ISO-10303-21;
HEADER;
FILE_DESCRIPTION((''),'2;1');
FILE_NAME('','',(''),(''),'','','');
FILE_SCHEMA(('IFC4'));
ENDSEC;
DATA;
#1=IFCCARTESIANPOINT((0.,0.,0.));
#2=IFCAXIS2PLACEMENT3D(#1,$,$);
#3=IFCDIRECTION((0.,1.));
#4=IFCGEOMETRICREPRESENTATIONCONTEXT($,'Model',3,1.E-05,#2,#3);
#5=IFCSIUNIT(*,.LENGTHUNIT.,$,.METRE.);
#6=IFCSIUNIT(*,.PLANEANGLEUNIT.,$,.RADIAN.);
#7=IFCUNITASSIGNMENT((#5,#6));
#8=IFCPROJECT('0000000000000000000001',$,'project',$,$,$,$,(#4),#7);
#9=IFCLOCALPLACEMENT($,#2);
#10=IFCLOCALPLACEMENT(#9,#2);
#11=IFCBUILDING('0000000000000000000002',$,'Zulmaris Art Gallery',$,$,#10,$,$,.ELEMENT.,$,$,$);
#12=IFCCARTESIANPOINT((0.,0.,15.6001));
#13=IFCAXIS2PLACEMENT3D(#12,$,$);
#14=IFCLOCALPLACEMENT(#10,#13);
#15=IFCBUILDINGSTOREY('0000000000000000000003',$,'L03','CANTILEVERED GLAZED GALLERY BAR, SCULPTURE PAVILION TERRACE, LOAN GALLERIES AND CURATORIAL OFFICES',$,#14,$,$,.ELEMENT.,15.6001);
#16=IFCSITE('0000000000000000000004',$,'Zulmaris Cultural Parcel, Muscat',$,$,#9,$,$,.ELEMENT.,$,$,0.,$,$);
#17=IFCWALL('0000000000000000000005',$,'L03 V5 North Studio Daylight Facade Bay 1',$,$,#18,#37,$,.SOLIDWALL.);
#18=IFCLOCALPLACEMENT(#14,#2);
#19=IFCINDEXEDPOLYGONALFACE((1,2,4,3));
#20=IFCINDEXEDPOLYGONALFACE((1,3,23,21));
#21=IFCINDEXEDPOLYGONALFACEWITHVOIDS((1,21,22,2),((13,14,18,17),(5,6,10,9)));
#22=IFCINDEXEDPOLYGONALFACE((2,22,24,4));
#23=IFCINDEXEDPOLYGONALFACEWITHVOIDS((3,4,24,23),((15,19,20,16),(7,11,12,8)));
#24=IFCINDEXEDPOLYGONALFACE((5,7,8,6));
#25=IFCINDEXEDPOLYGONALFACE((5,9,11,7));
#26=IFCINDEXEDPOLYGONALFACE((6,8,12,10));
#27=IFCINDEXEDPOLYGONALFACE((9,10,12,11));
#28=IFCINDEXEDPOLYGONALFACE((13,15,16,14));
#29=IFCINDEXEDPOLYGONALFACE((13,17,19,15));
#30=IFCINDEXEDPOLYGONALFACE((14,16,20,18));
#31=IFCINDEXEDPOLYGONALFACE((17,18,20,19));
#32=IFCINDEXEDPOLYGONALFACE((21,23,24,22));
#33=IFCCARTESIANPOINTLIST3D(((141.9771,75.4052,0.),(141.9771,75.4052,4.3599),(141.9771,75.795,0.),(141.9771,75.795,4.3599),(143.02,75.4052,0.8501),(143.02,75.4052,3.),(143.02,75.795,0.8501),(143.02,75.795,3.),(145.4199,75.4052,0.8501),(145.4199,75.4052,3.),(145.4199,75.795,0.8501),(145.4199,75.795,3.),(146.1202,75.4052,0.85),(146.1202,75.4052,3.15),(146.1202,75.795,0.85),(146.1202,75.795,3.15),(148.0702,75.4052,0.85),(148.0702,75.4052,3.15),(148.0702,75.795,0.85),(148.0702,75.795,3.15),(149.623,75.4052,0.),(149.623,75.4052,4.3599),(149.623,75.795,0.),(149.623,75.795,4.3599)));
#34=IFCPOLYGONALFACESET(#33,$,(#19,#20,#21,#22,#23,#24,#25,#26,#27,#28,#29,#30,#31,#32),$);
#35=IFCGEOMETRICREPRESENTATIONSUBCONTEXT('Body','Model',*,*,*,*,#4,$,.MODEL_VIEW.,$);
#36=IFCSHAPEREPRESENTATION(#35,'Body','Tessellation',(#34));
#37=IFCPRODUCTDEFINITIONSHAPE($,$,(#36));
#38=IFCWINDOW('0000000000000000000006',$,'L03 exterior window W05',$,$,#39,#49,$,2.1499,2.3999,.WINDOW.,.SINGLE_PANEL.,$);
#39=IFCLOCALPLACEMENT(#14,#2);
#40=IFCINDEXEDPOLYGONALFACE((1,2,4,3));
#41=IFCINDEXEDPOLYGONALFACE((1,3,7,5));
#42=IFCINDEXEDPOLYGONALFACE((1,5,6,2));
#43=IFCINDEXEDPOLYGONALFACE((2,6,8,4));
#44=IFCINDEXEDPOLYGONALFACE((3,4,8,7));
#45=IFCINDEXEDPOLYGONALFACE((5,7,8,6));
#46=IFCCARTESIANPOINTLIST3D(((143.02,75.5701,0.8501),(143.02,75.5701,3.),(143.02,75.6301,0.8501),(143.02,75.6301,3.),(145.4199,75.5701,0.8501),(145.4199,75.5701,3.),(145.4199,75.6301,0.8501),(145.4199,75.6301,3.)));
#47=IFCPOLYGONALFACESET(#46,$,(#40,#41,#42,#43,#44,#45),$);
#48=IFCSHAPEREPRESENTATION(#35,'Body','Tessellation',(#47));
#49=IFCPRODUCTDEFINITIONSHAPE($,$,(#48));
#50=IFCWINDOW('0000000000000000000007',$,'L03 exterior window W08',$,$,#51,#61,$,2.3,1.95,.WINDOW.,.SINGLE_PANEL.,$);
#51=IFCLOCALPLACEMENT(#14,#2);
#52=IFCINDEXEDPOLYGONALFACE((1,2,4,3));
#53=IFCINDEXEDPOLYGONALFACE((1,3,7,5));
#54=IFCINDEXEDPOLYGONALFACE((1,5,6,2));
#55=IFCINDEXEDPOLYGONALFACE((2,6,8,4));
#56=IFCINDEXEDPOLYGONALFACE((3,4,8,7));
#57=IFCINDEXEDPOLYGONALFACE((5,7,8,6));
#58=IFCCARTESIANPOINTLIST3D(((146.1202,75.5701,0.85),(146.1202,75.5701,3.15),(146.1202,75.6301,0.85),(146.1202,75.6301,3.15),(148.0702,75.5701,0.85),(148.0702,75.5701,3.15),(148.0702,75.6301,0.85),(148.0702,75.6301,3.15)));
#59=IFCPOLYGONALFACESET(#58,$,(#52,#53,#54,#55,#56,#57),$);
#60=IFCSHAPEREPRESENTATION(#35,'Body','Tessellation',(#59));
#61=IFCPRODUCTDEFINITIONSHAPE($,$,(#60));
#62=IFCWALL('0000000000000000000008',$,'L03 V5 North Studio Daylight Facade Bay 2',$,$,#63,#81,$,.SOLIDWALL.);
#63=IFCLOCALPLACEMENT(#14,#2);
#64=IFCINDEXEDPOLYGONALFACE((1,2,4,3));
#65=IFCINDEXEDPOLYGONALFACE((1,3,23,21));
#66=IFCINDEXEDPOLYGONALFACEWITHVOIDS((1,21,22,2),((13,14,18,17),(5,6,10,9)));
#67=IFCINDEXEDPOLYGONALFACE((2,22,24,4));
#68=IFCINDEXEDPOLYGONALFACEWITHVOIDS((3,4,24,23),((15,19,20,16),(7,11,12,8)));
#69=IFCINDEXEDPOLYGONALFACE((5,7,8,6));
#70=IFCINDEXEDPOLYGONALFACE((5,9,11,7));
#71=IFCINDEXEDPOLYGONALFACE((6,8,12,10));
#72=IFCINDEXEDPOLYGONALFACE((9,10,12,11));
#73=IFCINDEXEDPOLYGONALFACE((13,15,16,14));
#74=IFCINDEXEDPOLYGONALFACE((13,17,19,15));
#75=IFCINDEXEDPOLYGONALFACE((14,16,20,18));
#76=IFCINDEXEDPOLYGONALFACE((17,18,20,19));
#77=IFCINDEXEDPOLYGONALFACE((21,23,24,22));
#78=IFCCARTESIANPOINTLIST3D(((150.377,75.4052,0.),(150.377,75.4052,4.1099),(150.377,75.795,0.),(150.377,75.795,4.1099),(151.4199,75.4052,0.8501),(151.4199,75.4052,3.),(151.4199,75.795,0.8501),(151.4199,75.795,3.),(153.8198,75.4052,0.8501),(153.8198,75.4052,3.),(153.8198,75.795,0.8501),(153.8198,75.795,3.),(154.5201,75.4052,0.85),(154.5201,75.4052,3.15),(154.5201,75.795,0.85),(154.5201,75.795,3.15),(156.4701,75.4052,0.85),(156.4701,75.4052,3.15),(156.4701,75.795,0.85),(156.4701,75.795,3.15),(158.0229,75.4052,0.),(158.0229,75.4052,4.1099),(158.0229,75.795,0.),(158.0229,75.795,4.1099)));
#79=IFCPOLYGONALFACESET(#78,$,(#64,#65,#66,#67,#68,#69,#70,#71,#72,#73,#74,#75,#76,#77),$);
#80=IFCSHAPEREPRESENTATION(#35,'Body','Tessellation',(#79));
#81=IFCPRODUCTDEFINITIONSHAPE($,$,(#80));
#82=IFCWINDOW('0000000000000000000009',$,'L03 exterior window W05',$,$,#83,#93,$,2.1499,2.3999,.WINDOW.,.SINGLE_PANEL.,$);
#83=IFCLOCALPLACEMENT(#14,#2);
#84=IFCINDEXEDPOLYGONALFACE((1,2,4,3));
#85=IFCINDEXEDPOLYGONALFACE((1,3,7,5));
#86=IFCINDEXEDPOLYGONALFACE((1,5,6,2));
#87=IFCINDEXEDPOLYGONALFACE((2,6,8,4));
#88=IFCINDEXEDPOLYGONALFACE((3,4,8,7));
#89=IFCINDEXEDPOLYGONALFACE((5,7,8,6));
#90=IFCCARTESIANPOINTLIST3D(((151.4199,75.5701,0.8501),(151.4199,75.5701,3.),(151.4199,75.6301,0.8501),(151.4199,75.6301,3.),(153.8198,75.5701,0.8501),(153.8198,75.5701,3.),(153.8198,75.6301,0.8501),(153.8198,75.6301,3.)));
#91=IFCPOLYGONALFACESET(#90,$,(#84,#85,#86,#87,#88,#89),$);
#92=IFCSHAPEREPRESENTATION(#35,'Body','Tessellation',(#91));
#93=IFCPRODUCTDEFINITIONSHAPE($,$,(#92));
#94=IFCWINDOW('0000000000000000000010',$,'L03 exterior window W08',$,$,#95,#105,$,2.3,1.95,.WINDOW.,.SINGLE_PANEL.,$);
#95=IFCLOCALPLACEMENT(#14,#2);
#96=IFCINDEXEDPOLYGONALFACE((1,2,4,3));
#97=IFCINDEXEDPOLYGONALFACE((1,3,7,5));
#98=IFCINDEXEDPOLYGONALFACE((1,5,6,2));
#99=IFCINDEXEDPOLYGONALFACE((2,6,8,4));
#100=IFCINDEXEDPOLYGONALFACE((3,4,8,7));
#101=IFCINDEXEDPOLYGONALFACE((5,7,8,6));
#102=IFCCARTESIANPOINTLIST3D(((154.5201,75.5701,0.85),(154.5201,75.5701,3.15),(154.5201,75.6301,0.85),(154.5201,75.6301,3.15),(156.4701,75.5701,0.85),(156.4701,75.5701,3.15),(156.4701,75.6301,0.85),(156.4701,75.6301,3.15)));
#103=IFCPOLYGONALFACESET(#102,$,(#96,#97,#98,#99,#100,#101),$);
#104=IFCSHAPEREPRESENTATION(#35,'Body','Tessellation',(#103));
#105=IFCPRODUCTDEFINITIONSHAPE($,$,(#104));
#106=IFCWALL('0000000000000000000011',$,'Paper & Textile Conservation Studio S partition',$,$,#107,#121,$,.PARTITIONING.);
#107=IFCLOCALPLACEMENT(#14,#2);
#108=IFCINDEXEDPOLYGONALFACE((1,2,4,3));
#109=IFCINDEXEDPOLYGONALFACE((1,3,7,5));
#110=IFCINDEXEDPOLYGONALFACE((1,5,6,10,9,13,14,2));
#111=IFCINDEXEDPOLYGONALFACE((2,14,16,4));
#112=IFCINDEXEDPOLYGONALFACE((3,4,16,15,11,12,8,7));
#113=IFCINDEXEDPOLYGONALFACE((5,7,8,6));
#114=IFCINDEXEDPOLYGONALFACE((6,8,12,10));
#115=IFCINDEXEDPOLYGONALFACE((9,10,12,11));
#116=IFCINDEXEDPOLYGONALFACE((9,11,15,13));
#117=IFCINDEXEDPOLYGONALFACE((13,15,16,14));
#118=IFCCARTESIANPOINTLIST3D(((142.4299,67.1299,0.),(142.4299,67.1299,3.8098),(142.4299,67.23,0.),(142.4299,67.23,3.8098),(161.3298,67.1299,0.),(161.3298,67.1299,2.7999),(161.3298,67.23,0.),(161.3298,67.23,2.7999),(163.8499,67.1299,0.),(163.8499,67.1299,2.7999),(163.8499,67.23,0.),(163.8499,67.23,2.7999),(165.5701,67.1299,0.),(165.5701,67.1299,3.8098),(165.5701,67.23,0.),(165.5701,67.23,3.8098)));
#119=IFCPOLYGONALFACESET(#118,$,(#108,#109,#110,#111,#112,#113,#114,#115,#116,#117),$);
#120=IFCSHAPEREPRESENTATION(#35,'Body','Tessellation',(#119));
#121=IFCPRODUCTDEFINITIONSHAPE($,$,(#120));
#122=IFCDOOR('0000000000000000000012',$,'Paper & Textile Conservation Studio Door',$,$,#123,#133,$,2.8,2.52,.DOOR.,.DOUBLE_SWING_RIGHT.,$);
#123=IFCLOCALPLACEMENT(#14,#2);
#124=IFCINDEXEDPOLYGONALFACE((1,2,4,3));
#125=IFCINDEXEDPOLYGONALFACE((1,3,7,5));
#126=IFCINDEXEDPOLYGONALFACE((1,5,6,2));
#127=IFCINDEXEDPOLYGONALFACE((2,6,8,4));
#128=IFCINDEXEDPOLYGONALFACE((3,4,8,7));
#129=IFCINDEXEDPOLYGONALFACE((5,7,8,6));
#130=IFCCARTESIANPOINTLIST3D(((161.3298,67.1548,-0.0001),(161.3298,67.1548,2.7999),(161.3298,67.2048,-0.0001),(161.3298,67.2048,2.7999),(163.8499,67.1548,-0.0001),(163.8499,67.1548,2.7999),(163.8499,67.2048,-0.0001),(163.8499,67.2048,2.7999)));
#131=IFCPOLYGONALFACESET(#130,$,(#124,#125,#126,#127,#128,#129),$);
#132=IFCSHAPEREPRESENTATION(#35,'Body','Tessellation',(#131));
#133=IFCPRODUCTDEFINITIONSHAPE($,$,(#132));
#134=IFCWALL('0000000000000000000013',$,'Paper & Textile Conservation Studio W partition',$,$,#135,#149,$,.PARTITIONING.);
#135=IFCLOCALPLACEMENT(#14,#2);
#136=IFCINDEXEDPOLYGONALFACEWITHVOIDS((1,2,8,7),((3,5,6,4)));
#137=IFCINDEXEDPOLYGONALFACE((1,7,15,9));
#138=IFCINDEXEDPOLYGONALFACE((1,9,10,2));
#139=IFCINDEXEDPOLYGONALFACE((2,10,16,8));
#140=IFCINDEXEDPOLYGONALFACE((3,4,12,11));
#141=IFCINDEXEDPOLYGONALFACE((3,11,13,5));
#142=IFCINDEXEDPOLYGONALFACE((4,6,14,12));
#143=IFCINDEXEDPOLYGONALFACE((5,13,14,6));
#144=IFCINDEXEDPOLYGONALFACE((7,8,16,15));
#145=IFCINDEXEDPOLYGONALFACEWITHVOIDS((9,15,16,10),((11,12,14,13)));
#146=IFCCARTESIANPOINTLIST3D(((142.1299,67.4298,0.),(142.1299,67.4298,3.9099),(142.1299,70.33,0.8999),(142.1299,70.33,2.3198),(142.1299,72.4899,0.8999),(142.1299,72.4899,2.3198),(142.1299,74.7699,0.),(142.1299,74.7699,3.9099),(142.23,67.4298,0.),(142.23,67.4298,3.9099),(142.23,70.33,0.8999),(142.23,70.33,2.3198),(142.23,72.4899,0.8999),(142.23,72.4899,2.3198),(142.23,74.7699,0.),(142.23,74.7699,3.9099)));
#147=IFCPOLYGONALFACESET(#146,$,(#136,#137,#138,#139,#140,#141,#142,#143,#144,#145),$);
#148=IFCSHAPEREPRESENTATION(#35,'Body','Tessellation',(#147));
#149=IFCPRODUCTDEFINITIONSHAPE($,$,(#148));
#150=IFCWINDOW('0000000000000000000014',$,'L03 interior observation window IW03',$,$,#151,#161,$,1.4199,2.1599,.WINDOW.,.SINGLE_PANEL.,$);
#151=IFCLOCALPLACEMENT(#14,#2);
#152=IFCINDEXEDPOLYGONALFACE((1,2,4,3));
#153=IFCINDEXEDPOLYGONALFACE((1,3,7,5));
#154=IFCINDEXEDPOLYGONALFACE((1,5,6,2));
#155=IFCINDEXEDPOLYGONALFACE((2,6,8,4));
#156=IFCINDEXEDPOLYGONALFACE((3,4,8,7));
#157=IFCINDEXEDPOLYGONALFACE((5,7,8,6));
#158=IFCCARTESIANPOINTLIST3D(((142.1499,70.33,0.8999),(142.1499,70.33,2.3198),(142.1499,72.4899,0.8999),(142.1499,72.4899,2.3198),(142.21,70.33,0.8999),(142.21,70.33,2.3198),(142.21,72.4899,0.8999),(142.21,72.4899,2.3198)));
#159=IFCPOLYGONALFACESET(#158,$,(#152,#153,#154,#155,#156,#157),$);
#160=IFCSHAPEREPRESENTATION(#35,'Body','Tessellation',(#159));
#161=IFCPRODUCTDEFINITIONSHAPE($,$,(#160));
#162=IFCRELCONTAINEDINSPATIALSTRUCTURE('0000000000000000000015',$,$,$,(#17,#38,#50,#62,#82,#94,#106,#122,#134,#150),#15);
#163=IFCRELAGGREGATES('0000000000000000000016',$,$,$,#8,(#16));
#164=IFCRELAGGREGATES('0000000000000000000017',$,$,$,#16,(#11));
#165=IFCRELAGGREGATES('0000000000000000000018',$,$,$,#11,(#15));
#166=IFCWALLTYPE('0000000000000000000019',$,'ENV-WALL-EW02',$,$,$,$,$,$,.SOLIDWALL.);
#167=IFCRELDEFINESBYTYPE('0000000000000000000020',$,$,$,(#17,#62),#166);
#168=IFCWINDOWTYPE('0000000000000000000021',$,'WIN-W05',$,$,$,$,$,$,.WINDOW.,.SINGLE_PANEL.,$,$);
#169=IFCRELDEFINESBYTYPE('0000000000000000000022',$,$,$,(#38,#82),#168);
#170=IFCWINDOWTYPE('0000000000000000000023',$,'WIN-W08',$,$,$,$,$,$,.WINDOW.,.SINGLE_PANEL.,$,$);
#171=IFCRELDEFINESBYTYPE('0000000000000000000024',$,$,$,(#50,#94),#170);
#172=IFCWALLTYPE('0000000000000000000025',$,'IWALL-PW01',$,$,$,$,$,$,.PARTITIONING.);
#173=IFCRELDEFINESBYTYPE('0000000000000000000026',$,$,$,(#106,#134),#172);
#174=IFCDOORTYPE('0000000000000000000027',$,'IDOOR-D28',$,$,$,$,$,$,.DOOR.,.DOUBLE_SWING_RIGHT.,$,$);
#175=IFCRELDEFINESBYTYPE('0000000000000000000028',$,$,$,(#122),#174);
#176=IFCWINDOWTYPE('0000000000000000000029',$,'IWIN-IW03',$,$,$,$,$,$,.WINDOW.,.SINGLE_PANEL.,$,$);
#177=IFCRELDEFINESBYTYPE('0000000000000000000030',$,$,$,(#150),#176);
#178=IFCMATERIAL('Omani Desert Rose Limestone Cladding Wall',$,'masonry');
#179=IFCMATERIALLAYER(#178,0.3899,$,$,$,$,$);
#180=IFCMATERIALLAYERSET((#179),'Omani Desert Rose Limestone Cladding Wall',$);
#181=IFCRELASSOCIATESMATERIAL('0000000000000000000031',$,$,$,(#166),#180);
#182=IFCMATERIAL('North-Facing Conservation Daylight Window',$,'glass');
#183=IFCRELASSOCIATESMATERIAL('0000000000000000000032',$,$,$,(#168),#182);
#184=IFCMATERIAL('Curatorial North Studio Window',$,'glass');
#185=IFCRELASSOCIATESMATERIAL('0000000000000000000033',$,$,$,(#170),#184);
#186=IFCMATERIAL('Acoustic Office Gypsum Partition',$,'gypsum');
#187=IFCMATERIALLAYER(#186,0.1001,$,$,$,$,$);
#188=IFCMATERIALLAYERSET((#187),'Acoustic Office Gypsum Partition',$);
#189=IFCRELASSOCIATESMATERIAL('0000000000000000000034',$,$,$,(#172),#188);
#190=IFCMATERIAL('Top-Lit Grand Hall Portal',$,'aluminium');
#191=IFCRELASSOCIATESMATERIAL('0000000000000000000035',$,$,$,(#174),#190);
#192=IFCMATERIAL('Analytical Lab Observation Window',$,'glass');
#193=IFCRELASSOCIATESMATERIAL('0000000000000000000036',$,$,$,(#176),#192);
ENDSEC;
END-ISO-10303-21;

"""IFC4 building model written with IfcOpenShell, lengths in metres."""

from ifc_helpers import new_model, si_unit, direction, frame, frame_2d, origin, place, context, subcontext, project, spatial, rectangle, extrude, material, layer, layer_set, type_object, element, fill, save


model = new_model("IFC4")

# Units and contexts
model_context = context("Model", 3, precision=1e-05, world=origin(), true_north=direction((0.0, 1.0)))
body_context = subcontext(model_context, "Body", "Model", "MODEL_VIEW")
ifc_project = project(units=[si_unit("LENGTHUNIT", "METRE"), si_unit("PLANEANGLEUNIT", "RADIAN")], contexts=[model_context])

# Site, building, storey
site_placement = place(None, origin())
site = spatial("IfcSite", under=ifc_project, at=site_placement, Name="Zulmaris Cultural Parcel, Muscat", CompositionType="ELEMENT", RefElevation=0.0)
building_placement = place(site_placement, origin())
building = spatial("IfcBuilding", under=site, at=building_placement, Name="Zulmaris Art Gallery", CompositionType="ELEMENT")
storey_placement = place(building_placement, frame((0.0, 0.0, 15.6001)))
storey = spatial("IfcBuildingStorey", under=building, at=storey_placement, Name="L03", Description="CANTILEVERED GLAZED GALLERY BAR, SCULPTURE PAVILION TERRACE, LOAN GALLERIES AND CURATORIAL OFFICES", CompositionType="ELEMENT", Elevation=15.6001)

# Walls, openings, windows
ifc_material_1 = material(Name="Omani Desert Rose Limestone Cladding Wall", Category="masonry")
ifc_layer_1 = layer(ifc_material_1, 0.3899)
ifc_layer_set_1 = layer_set([ifc_layer_1], Name="Omani Desert Rose Limestone Cladding Wall")
wall_type_1 = type_object("IfcWallType", Name="ENV-WALL-EW02", PredefinedType="SOLIDWALL", material=ifc_layer_set_1)
wall_1_placement = place(storey_placement, frame((141.9771, 75.6001, 0.0), z_axis=(0.0, 0.0, 1.0), x_axis=(1.0, 0.0, 0.0)))
wall_1 = element("IfcWall", 1, at=wall_1_placement, inside=storey, type_object=wall_type_1, Name="L03 V5 North Studio Daylight Facade Bay 1", PredefinedType="SOLIDWALL", context=body_context, shape_type="SweptSolid", body=[
    extrude(rectangle(XDim=7.646, YDim=0.3899, at=frame_2d((3.823, 0.0))), origin(), (0.0, 0.0, 1.0), 4.3599),
])
opening_1_placement = place(wall_1_placement, frame((1.043, 0.0, 0.8501)))
opening_1 = element("IfcOpeningElement", 2, at=opening_1_placement, cuts=wall_1, PredefinedType="OPENING", context=body_context, shape_type="SweptSolid", body=[
    extrude(rectangle(XDim=2.3999, YDim=2.1499, at=frame_2d((1.2, 1.075))), frame((0.0, 0.2048, 0.0), z_axis=(0.0, -1.0, 0.0), x_axis=(1.0, 0.0, 0.0)), (0.0, 0.0, 1.0), 0.4099),
])
opening_2_placement = place(wall_1_placement, frame((4.1431, 0.0, 0.8501)))
opening_2 = element("IfcOpeningElement", 3, at=opening_2_placement, cuts=wall_1, PredefinedType="OPENING", context=body_context, shape_type="SweptSolid", body=[
    extrude(rectangle(XDim=1.95, YDim=2.3, at=frame_2d((0.9751, 1.1499))), frame((0.0, 0.2048, 0.0), z_axis=(0.0, -1.0, 0.0), x_axis=(1.0, 0.0, 0.0)), (0.0, 0.0, 1.0), 0.4099),
])
ifc_material_2 = material(Name="North-Facing Conservation Daylight Window", Category="glass")
window_type_1 = type_object("IfcWindowType", Name="WIN-W05", PartitioningType="SINGLE_PANEL", PredefinedType="WINDOW", material=ifc_material_2)
window_1_placement = place(opening_1_placement, origin())
window_1 = element("IfcWindow", 4, at=window_1_placement, inside=storey, type_object=window_type_1, Name="L03 exterior window W05", OverallHeight=2.1499, OverallWidth=2.3999, PartitioningType="SINGLE_PANEL", PredefinedType="WINDOW", context=body_context, shape_type="SweptSolid", body=[
    extrude(rectangle(XDim=2.3999, YDim=2.1499, at=frame_2d((1.2, 1.075))), frame((0.0, 0.03, 0.0), z_axis=(0.0, -1.0, 0.0), x_axis=(1.0, 0.0, 0.0)), (0.0, 0.0, 1.0), 0.0601),
])
fill(opening_1, window_1)
ifc_material_3 = material(Name="Curatorial North Studio Window", Category="glass")
window_type_2 = type_object("IfcWindowType", Name="WIN-W08", PartitioningType="SINGLE_PANEL", PredefinedType="WINDOW", material=ifc_material_3)
window_2_placement = place(opening_2_placement, origin())
window_2 = element("IfcWindow", 5, at=window_2_placement, inside=storey, type_object=window_type_2, Name="L03 exterior window W08", OverallHeight=2.3, OverallWidth=1.95, PartitioningType="SINGLE_PANEL", PredefinedType="WINDOW", context=body_context, shape_type="SweptSolid", body=[
    extrude(rectangle(XDim=1.95, YDim=2.3, at=frame_2d((0.9751, 1.1499))), frame((0.0, 0.03, 0.0), z_axis=(0.0, -1.0, 0.0), x_axis=(1.0, 0.0, 0.0)), (0.0, 0.0, 1.0), 0.0601),
])
fill(opening_2, window_2)
wall_2_placement = place(storey_placement, frame((150.377, 75.6001, 0.0), z_axis=(0.0, 0.0, 1.0), x_axis=(1.0, 0.0, 0.0)))
wall_2 = element("IfcWall", 6, at=wall_2_placement, inside=storey, type_object=wall_type_1, Name="L03 V5 North Studio Daylight Facade Bay 2", PredefinedType="SOLIDWALL", context=body_context, shape_type="SweptSolid", body=[
    extrude(rectangle(XDim=7.646, YDim=0.3899, at=frame_2d((3.823, 0.0))), origin(), (0.0, 0.0, 1.0), 4.1099),
])
opening_3_placement = place(wall_2_placement, frame((1.043, 0.0, 0.8501)))
opening_3 = element("IfcOpeningElement", 7, at=opening_3_placement, cuts=wall_2, PredefinedType="OPENING", context=body_context, shape_type="SweptSolid", body=[
    extrude(rectangle(XDim=2.3999, YDim=2.1499, at=frame_2d((1.2, 1.075))), frame((0.0, 0.2048, 0.0), z_axis=(0.0, -1.0, 0.0), x_axis=(1.0, 0.0, 0.0)), (0.0, 0.0, 1.0), 0.4099),
])
opening_4_placement = place(wall_2_placement, frame((4.1431, 0.0, 0.8501)))
opening_4 = element("IfcOpeningElement", 8, at=opening_4_placement, cuts=wall_2, PredefinedType="OPENING", context=body_context, shape_type="SweptSolid", body=[
    extrude(rectangle(XDim=1.95, YDim=2.3, at=frame_2d((0.9751, 1.1499))), frame((0.0, 0.2048, 0.0), z_axis=(0.0, -1.0, 0.0), x_axis=(1.0, 0.0, 0.0)), (0.0, 0.0, 1.0), 0.4099),
])
window_3_placement = place(opening_3_placement, origin())
window_3 = element("IfcWindow", 9, at=window_3_placement, inside=storey, type_object=window_type_1, Name="L03 exterior window W05", OverallHeight=2.1499, OverallWidth=2.3999, PartitioningType="SINGLE_PANEL", PredefinedType="WINDOW", context=body_context, shape_type="SweptSolid", body=[
    extrude(rectangle(XDim=2.3999, YDim=2.1499, at=frame_2d((1.2, 1.075))), frame((0.0, 0.03, 0.0), z_axis=(0.0, -1.0, 0.0), x_axis=(1.0, 0.0, 0.0)), (0.0, 0.0, 1.0), 0.0601),
])
fill(opening_3, window_3)
window_4_placement = place(opening_4_placement, origin())
window_4 = element("IfcWindow", 10, at=window_4_placement, inside=storey, type_object=window_type_2, Name="L03 exterior window W08", OverallHeight=2.3, OverallWidth=1.95, PartitioningType="SINGLE_PANEL", PredefinedType="WINDOW", context=body_context, shape_type="SweptSolid", body=[
    extrude(rectangle(XDim=1.95, YDim=2.3, at=frame_2d((0.9751, 1.1499))), frame((0.0, 0.03, 0.0), z_axis=(0.0, -1.0, 0.0), x_axis=(1.0, 0.0, 0.0)), (0.0, 0.0, 1.0), 0.0601),
])
fill(opening_4, window_4)

# Wall, opening, door
ifc_material_4 = material(Name="Acoustic Office Gypsum Partition", Category="gypsum")
ifc_layer_2 = layer(ifc_material_4, 0.1001)
ifc_layer_set_2 = layer_set([ifc_layer_2], Name="Acoustic Office Gypsum Partition")
wall_type_2 = type_object("IfcWallType", Name="IWALL-PW01", PredefinedType="PARTITIONING", material=ifc_layer_set_2)
wall_3_placement = place(storey_placement, frame((142.4299, 67.1799, 0.0), z_axis=(0.0, 0.0, 1.0), x_axis=(1.0, 0.0, 0.0)))
wall_3 = element("IfcWall", 11, at=wall_3_placement, inside=storey, type_object=wall_type_2, Name="Paper & Textile Conservation Studio S partition", PredefinedType="PARTITIONING", context=body_context, shape_type="SweptSolid", body=[
    extrude(rectangle(XDim=23.1401, YDim=0.1001, at=frame_2d((11.5701, 0.0))), origin(), (0.0, 0.0, 1.0), 3.8098),
])
opening_5_placement = place(wall_3_placement, frame((18.8999, 0.0, 0.0)))
opening_5 = element("IfcOpeningElement", 12, at=opening_5_placement, cuts=wall_3, PredefinedType="OPENING", context=body_context, shape_type="SweptSolid", body=[
    extrude(rectangle(XDim=2.52, YDim=2.8, at=frame_2d((1.26, 1.3999))), frame((0.0, 0.0601, 0.0), z_axis=(0.0, -1.0, 0.0), x_axis=(1.0, 0.0, 0.0)), (0.0, 0.0, 1.0), 0.1201),
])
ifc_material_5 = material(Name="Top-Lit Grand Hall Portal", Category="aluminium")
door_type = type_object("IfcDoorType", Name="IDOOR-D28", OperationType="DOUBLE_SWING_RIGHT", PredefinedType="DOOR", material=ifc_material_5)
door_placement = place(opening_5_placement, origin())
door = element("IfcDoor", 13, at=door_placement, inside=storey, type_object=door_type, Name="Paper & Textile Conservation Studio Door", OperationType="DOUBLE_SWING_RIGHT", OverallHeight=2.8, OverallWidth=2.52, PredefinedType="DOOR", context=body_context, shape_type="SweptSolid", body=[
    extrude(rectangle(XDim=2.52, YDim=2.8, at=frame_2d((1.26, 1.3999))), frame((0.0, 0.0249, 0.0), z_axis=(0.0, -1.0, 0.0), x_axis=(1.0, 0.0, 0.0)), (0.0, 0.0, 1.0), 0.05),
])
fill(opening_5, door)

# Wall, opening, window
wall_4_placement = place(storey_placement, frame((142.1799, 67.4299, 0.0), z_axis=(0.0, 0.0, 1.0), x_axis=(0.0, 1.0, 0.0)))
wall_4 = element("IfcWall", 14, at=wall_4_placement, inside=storey, type_object=wall_type_2, Name="Paper & Textile Conservation Studio W partition", PredefinedType="PARTITIONING", context=body_context, shape_type="SweptSolid", body=[
    extrude(rectangle(XDim=7.3401, YDim=0.1001, at=frame_2d((3.6699, 0.0))), origin(), (0.0, 0.0, 1.0), 3.9099),
])
opening_6_placement = place(wall_4_placement, frame((2.8999, 0.0, 0.8999)))
opening_6 = element("IfcOpeningElement", 15, at=opening_6_placement, cuts=wall_4, PredefinedType="OPENING", context=body_context, shape_type="SweptSolid", body=[
    extrude(rectangle(XDim=2.1599, YDim=1.4199, at=frame_2d((1.0801, 0.71))), frame((0.0, 0.0601, 0.0), z_axis=(0.0, -1.0, 0.0), x_axis=(1.0, 0.0, 0.0)), (0.0, 0.0, 1.0), 0.1201),
])
ifc_material_6 = material(Name="Analytical Lab Observation Window", Category="glass")
window_type_3 = type_object("IfcWindowType", Name="IWIN-IW03", PartitioningType="SINGLE_PANEL", PredefinedType="WINDOW", material=ifc_material_6)
window_5_placement = place(opening_6_placement, origin())
window_5 = element("IfcWindow", 16, at=window_5_placement, inside=storey, type_object=window_type_3, Name="L03 interior observation window IW03", OverallHeight=1.4199, OverallWidth=2.1599, PartitioningType="SINGLE_PANEL", PredefinedType="WINDOW", context=body_context, shape_type="SweptSolid", body=[
    extrude(rectangle(XDim=2.1599, YDim=1.4199, at=frame_2d((1.0801, 0.71))), frame((0.0, 0.03, 0.0), z_axis=(0.0, -1.0, 0.0), x_axis=(1.0, 0.0, 0.0)), (0.0, 0.0, 1.0), 0.0601),
])
fill(opening_6, window_5)

save(model, "model.ifc")
